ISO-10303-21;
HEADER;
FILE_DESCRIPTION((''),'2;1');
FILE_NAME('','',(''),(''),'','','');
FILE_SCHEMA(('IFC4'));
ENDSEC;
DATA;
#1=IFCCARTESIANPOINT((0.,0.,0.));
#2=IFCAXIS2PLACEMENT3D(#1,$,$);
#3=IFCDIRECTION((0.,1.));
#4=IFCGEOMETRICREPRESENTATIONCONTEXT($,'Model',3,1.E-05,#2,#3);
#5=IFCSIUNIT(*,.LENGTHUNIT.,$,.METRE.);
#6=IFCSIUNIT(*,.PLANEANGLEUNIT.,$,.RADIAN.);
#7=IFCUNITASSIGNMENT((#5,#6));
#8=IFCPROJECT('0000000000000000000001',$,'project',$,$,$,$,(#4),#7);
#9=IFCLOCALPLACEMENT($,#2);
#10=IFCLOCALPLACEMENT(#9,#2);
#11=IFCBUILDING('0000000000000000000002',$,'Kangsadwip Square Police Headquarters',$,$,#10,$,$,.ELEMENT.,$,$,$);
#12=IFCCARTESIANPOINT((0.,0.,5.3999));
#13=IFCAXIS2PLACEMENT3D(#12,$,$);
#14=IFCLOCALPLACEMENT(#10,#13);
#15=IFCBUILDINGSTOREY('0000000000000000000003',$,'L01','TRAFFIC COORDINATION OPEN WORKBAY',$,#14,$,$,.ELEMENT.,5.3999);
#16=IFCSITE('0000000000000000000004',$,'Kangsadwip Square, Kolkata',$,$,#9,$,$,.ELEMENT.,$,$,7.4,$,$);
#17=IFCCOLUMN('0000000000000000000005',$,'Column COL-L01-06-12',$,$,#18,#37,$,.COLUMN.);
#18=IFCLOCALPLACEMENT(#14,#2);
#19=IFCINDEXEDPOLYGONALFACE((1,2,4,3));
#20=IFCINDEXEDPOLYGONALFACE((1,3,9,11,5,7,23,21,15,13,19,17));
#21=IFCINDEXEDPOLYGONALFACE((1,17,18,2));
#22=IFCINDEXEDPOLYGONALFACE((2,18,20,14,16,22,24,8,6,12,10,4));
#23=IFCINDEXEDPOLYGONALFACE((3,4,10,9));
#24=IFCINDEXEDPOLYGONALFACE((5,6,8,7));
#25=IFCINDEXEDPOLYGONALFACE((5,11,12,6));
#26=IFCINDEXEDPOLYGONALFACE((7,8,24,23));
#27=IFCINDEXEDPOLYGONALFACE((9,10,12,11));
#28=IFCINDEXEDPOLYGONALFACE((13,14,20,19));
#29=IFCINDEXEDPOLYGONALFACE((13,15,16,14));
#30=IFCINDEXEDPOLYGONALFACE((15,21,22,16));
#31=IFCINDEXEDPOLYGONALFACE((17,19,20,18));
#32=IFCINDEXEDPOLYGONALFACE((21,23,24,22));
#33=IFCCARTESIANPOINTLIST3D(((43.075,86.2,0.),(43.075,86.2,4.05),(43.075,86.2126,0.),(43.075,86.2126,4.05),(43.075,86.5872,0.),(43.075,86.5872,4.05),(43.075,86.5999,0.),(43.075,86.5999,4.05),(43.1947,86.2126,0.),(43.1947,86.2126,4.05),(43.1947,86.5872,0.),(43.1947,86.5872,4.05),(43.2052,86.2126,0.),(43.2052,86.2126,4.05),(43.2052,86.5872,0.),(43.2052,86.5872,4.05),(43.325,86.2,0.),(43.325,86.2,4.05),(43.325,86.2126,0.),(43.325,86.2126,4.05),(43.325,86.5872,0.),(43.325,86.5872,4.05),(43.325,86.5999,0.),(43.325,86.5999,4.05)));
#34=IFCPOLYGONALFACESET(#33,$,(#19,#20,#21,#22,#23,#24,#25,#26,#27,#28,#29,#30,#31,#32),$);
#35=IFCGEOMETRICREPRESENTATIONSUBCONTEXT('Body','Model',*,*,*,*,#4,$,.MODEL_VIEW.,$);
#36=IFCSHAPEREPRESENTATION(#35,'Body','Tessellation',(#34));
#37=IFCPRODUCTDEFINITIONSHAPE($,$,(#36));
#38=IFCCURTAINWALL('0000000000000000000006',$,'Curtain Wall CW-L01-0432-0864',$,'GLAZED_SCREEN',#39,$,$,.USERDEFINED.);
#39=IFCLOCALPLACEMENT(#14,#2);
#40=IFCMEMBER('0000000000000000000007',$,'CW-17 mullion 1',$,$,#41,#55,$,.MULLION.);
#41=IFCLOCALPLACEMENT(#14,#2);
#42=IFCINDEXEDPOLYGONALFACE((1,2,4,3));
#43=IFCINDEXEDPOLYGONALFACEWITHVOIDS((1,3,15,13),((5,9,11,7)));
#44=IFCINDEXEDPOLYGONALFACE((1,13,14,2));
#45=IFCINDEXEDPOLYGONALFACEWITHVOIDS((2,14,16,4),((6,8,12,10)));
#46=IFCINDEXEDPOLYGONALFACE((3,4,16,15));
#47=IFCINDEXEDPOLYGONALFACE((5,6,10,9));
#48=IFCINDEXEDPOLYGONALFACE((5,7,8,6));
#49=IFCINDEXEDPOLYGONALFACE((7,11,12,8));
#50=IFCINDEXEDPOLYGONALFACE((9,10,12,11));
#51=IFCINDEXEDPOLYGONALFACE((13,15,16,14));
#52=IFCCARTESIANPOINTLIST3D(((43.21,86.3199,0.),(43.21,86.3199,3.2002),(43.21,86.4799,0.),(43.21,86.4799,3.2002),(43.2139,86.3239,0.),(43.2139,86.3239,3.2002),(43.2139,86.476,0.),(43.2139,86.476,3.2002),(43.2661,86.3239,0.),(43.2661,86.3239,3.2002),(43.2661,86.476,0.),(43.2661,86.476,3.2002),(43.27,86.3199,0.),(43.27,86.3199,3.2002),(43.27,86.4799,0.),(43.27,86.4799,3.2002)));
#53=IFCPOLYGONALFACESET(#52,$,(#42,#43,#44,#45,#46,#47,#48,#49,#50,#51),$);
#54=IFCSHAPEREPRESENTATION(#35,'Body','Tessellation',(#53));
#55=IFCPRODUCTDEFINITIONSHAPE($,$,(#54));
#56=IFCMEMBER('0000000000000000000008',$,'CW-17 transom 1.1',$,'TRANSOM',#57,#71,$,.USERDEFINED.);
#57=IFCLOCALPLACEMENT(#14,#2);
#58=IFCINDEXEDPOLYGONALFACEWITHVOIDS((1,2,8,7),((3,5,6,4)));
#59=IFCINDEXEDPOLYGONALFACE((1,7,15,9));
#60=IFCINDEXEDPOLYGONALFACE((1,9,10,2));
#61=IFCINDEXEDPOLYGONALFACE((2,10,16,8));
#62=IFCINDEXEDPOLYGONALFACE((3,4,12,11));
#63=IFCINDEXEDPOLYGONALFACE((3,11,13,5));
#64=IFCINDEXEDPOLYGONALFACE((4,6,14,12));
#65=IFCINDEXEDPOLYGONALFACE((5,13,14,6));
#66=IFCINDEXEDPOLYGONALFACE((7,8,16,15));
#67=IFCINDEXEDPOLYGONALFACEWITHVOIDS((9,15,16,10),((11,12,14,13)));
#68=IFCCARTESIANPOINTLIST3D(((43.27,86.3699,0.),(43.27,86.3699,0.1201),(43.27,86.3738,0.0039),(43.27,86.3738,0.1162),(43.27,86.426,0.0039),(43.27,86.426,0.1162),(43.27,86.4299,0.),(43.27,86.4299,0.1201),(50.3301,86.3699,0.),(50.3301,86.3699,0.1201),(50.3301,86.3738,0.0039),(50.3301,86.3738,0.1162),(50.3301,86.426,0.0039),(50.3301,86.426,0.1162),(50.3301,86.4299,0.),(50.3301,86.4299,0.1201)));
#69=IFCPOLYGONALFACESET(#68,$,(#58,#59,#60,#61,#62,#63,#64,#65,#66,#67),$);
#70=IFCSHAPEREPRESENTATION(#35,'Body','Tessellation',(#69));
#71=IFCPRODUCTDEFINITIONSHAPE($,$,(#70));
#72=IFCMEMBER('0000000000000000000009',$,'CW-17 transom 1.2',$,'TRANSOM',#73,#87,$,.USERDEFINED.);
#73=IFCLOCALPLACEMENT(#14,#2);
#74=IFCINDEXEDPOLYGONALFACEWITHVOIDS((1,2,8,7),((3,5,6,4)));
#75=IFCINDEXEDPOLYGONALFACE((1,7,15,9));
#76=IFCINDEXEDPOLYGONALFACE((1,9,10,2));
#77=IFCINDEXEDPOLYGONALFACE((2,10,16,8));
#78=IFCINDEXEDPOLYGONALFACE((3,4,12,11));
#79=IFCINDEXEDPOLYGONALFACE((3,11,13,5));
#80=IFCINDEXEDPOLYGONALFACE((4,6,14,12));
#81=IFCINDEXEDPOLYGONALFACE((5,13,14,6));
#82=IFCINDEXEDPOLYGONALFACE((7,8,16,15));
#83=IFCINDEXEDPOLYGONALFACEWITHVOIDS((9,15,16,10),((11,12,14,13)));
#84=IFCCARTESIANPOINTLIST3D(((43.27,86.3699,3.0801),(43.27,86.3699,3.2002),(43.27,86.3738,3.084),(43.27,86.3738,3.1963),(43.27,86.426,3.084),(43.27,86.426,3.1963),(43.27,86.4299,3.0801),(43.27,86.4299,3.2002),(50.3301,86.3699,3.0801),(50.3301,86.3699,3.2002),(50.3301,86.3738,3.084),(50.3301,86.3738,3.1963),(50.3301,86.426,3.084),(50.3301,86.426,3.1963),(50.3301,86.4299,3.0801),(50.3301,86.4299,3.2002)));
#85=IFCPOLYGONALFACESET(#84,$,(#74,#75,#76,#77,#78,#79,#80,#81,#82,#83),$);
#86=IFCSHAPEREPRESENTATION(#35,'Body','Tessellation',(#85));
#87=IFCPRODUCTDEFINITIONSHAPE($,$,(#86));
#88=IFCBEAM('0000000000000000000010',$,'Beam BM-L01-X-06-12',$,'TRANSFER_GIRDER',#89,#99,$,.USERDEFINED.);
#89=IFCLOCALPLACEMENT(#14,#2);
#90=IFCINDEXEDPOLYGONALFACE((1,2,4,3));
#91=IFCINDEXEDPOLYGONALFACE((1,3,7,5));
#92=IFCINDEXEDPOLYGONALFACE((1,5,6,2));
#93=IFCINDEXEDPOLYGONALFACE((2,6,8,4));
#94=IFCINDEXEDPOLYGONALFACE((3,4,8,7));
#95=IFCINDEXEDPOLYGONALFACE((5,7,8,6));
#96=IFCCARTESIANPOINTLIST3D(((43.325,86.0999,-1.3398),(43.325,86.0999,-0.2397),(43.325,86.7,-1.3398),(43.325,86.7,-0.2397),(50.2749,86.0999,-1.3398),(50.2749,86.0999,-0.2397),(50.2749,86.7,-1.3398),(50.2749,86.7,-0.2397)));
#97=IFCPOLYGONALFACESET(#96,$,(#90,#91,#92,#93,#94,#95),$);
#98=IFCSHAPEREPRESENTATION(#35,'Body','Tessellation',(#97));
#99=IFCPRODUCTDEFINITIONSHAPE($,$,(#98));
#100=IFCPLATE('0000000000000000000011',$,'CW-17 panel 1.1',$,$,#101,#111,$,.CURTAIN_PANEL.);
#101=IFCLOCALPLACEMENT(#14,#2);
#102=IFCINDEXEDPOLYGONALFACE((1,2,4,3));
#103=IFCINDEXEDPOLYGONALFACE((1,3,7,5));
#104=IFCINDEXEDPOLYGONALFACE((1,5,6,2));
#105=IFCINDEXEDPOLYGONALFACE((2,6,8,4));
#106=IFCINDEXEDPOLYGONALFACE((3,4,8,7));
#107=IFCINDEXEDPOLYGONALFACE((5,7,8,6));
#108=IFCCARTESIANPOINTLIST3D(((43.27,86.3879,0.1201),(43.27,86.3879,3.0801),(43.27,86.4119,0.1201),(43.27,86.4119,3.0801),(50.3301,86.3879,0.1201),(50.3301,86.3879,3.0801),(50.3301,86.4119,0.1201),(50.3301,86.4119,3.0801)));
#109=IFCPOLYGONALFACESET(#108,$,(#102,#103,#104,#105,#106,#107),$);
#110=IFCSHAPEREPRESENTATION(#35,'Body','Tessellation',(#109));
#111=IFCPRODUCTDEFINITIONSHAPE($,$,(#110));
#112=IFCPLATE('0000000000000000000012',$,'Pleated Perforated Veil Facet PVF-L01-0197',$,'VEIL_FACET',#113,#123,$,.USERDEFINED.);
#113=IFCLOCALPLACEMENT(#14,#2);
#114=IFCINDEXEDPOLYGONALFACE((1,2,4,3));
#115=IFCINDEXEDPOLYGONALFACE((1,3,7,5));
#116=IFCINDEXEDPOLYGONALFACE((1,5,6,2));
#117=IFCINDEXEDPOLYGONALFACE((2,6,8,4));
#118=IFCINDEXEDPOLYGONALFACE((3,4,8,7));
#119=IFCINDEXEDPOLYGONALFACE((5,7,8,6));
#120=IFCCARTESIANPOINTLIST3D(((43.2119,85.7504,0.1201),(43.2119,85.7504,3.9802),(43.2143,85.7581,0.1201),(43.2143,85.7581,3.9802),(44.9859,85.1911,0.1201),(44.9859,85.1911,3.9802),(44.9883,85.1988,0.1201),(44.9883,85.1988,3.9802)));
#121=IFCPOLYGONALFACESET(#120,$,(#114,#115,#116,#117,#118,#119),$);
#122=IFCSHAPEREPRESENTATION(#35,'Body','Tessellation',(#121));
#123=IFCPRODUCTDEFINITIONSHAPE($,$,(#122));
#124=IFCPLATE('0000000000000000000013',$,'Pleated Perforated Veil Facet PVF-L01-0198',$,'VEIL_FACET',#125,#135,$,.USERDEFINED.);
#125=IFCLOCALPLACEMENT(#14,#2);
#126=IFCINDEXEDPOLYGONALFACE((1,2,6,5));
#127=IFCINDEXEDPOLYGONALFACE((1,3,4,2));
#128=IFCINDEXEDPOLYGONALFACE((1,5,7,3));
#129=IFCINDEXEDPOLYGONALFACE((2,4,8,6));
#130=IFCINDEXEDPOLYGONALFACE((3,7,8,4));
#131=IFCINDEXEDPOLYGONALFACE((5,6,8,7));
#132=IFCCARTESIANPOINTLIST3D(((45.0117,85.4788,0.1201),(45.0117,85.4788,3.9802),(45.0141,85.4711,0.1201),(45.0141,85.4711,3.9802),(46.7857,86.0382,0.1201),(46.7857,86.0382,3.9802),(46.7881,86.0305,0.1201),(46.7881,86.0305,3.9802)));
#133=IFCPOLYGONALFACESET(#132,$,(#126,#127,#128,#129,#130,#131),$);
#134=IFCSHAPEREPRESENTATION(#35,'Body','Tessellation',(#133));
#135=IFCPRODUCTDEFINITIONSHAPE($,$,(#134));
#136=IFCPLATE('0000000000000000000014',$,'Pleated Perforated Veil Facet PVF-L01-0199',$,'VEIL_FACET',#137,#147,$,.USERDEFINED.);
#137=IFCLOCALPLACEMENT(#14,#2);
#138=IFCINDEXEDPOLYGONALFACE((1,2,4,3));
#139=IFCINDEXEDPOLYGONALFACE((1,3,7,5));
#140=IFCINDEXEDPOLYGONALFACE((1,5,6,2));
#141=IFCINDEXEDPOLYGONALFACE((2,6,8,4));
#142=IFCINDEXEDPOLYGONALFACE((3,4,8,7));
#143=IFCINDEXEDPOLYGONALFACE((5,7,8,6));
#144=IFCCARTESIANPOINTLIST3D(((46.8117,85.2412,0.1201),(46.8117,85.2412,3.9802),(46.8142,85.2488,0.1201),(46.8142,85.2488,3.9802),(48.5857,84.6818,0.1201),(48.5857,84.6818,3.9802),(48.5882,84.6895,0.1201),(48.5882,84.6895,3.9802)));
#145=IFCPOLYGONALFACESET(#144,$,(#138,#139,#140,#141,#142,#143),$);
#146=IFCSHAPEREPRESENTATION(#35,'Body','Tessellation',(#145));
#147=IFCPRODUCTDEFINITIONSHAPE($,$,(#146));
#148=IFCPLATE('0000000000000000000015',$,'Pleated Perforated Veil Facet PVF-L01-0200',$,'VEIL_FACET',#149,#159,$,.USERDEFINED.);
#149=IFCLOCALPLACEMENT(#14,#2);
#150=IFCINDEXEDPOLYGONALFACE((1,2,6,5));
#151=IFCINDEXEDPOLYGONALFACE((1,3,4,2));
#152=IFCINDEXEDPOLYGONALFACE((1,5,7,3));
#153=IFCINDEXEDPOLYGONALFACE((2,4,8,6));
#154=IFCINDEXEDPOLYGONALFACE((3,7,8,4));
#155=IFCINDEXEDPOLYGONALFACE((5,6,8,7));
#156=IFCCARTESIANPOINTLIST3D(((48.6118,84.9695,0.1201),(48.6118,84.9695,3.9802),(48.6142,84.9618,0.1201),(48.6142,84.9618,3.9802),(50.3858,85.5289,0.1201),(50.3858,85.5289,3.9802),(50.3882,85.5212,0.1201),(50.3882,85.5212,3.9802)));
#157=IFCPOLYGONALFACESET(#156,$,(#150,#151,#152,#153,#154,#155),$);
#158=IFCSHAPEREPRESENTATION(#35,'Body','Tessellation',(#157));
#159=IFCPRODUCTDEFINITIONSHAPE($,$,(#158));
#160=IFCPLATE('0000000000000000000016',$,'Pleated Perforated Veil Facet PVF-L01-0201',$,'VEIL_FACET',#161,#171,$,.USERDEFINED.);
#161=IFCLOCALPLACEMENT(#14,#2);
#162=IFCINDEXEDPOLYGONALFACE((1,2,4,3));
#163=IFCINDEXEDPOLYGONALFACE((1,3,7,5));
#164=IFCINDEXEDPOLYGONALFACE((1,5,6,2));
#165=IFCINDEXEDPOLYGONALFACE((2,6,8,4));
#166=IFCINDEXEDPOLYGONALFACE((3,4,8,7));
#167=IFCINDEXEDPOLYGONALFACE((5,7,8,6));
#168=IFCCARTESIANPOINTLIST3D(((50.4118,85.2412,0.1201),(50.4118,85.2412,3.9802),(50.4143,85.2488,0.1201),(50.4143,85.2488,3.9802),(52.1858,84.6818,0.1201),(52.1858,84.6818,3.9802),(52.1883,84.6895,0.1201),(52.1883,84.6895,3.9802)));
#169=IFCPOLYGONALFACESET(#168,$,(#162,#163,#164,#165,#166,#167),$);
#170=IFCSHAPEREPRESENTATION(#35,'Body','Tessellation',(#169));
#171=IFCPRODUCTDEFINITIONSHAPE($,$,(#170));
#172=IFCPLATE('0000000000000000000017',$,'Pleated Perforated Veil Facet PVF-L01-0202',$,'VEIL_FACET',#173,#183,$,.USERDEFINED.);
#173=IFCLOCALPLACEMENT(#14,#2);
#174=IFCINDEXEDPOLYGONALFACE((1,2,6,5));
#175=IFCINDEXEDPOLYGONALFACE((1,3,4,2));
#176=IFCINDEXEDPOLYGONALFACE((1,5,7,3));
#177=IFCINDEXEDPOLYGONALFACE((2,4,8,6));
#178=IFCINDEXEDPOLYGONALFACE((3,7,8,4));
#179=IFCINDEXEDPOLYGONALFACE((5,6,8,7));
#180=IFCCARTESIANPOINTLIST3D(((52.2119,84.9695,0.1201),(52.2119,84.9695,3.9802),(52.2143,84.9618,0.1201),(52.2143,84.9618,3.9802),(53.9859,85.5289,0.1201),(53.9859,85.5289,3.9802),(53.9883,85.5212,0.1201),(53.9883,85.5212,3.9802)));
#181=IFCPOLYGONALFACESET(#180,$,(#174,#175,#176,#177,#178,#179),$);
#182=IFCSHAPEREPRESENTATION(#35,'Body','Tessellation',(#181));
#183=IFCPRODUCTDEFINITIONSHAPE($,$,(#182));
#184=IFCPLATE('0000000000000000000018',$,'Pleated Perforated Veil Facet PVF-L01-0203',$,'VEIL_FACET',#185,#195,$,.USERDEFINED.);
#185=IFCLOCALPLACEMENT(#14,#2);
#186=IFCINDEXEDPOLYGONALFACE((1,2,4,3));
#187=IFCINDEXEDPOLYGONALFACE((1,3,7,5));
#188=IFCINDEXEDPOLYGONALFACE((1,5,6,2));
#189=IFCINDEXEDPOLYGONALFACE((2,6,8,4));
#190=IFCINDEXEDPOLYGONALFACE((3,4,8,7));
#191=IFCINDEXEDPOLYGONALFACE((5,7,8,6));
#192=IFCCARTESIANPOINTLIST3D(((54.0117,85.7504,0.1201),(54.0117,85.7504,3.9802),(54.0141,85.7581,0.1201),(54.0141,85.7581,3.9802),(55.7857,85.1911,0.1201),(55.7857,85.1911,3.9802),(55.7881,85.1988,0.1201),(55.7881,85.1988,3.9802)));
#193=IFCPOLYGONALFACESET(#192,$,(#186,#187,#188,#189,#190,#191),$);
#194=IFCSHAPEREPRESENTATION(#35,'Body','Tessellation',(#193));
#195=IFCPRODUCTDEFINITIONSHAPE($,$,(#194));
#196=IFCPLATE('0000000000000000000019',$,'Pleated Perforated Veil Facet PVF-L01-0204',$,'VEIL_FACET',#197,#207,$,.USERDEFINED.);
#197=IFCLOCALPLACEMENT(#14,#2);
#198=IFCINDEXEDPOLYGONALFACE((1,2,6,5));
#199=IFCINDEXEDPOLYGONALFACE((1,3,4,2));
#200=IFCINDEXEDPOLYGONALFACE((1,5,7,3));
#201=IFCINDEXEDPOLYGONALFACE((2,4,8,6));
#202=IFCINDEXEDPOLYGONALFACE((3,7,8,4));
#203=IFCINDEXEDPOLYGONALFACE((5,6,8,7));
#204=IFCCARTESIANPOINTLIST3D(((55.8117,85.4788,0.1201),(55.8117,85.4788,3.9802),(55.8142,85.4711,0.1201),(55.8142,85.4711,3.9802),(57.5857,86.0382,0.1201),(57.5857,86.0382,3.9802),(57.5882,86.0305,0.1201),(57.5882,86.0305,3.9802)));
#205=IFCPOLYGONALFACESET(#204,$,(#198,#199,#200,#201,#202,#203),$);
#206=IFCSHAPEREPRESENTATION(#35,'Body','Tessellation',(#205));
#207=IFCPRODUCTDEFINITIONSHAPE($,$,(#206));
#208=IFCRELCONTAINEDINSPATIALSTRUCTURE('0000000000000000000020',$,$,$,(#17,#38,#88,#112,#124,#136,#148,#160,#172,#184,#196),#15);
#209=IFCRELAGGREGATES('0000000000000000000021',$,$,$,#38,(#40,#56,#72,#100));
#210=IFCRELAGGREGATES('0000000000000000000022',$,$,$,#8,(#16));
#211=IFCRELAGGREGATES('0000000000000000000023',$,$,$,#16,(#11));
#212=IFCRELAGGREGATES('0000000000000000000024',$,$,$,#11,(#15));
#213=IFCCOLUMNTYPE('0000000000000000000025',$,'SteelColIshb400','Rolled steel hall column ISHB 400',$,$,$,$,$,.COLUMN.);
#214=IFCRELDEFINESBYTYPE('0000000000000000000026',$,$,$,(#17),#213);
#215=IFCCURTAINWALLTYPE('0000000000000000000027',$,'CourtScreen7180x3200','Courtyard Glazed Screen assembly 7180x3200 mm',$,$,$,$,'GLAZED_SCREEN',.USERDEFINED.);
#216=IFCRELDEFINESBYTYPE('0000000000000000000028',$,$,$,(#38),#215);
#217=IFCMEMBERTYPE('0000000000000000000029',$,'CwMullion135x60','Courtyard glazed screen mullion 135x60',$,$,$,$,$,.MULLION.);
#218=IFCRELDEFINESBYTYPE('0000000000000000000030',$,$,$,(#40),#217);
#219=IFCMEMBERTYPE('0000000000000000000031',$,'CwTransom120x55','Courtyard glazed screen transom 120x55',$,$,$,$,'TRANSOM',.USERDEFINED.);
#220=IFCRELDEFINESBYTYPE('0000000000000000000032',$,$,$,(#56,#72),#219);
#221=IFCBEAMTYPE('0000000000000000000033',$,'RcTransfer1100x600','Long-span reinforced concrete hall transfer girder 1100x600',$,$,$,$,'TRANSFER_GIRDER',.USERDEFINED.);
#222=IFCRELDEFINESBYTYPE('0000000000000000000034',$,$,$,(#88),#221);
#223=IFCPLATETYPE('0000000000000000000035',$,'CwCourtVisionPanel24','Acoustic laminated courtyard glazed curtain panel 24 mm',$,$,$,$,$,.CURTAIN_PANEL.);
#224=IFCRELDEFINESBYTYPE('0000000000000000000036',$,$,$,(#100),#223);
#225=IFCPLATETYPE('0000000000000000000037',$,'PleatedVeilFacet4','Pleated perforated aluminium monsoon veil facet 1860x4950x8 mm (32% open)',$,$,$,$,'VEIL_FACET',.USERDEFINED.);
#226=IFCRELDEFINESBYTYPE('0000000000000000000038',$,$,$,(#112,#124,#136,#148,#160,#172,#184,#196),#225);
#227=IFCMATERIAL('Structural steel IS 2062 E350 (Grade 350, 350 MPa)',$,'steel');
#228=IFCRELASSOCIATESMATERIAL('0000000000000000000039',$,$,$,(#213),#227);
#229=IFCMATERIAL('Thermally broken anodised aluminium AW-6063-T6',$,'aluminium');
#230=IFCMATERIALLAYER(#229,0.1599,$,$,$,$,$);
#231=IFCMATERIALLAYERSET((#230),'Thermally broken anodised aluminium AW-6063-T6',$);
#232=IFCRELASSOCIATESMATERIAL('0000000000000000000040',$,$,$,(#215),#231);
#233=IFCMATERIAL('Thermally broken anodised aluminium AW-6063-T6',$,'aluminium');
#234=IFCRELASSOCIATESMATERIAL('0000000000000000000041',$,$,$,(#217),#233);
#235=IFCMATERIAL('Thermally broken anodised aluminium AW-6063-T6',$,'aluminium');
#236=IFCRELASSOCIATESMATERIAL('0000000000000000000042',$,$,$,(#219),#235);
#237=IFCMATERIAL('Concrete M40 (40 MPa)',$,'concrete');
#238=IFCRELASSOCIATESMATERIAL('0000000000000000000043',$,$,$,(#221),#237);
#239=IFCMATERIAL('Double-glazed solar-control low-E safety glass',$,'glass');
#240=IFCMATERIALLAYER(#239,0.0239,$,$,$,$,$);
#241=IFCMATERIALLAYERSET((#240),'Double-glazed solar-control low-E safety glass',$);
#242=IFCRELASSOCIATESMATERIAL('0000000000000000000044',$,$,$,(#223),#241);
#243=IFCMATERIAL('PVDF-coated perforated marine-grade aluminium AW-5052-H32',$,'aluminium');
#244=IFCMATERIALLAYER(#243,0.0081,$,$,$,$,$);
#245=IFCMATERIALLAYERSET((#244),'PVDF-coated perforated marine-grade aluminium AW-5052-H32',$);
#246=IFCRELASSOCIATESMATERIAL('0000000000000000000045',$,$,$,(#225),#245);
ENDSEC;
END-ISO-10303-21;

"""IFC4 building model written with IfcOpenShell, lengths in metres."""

from ifc_helpers import new_model, si_unit, direction, frame, origin, origin_2d, place, context, subcontext, project, spatial, rectangle, hollow_rectangle, i_section, extrude, material, layer, layer_set, material_profile, profile_set, type_object, element, aggregate, save


model = new_model("IFC4")

# Units and contexts
model_context = context("Model", 3, precision=1e-05, world=origin(), true_north=direction((0.0, 1.0)))
body_context = subcontext(model_context, "Body", "Model", "MODEL_VIEW")
ifc_project = project(units=[si_unit("LENGTHUNIT", "METRE"), si_unit("PLANEANGLEUNIT", "RADIAN")], contexts=[model_context])

# Site, building, storey
site_placement = place(None, origin())
site = spatial("IfcSite", under=ifc_project, at=site_placement, Name="Kangsadwip Square, Kolkata", CompositionType="ELEMENT", RefElevation=7.4)
building_placement = place(site_placement, origin())
building = spatial("IfcBuilding", under=site, at=building_placement, Name="Kangsadwip Square Police Headquarters", CompositionType="ELEMENT")
storey_placement = place(building_placement, frame((0.0, 0.0, 5.3999)))
storey = spatial("IfcBuildingStorey", under=building, at=storey_placement, Name="L01", Description="TRAFFIC COORDINATION OPEN WORKBAY", CompositionType="ELEMENT", Elevation=5.3999)

# Column
ifc_material_1 = material(Name="Structural steel IS 2062 E350 (Grade 350, 350 MPa)", Category="steel")
ifc_material_profile_1 = material_profile(ifc_material_1, i_section(OverallWidth=0.25, OverallDepth=0.3999, WebThickness=0.0105, FlangeThickness=0.0127, at=origin_2d()), Name="ISHB 400")
ifc_profile_set_1 = profile_set([ifc_material_profile_1], Name="Structural steel IS 2062 E350 (Grade 350, 350 MPa)")
column_type = type_object("IfcColumnType", Name="SteelColIshb400", Description="Rolled steel hall column ISHB 400", PredefinedType="COLUMN", material=ifc_profile_set_1)
column_placement = place(storey_placement, frame((43.2, 86.3999, 0.0), z_axis=(0.0, 0.0, 1.0), x_axis=(1.0, 0.0, 0.0)))
element("IfcColumn", 1, at=column_placement, inside=storey, type_object=column_type, Name="Column COL-L01-06-12", PredefinedType="COLUMN", context=body_context, shape_type="SweptSolid", body=[
    extrude(i_section(OverallWidth=0.25, OverallDepth=0.3999, WebThickness=0.0105, FlangeThickness=0.0127, at=origin_2d()), origin(), (0.0, 0.0, 1.0), 4.05),
])

# Curtain wall, members
ifc_material_2 = material(Name="Thermally broken anodised aluminium AW-6063-T6", Category="aluminium")
ifc_layer_1 = layer(ifc_material_2, 0.1599)
ifc_layer_set_1 = layer_set([ifc_layer_1], Name="Thermally broken anodised aluminium AW-6063-T6")
curtain_wall_type = type_object("IfcCurtainWallType", Name="CourtScreen7180x3200", Description="Courtyard Glazed Screen assembly 7180x3200 mm", ElementType="GLAZED_SCREEN", PredefinedType="USERDEFINED", material=ifc_layer_set_1)
curtain_wall_placement = place(storey_placement, origin())
curtain_wall = element("IfcCurtainWall", 2, at=curtain_wall_placement, inside=storey, type_object=curtain_wall_type, Name="Curtain Wall CW-L01-0432-0864", ObjectType="GLAZED_SCREEN", PredefinedType="USERDEFINED")
ifc_material_3 = material(Name="Thermally broken anodised aluminium AW-6063-T6", Category="aluminium")
ifc_material_profile_2 = material_profile(ifc_material_3, hollow_rectangle(XDim=0.0601, YDim=0.1599, WallThickness=0.0039, at=origin_2d()), Name="CWM 160X60X4")
ifc_profile_set_2 = profile_set([ifc_material_profile_2], Name="Thermally broken anodised aluminium AW-6063-T6")
member_type_1 = type_object("IfcMemberType", Name="CwMullion135x60", Description="Courtyard glazed screen mullion 135x60", PredefinedType="MULLION", material=ifc_profile_set_2)
member_1_placement = place(storey_placement, frame((43.24, 86.3999, 0.0), z_axis=(0.0, 0.0, 1.0), x_axis=(1.0, 0.0, 0.0)))
member_1 = element("IfcMember", 3, at=member_1_placement, type_object=member_type_1, Name="CW-17 mullion 1", PredefinedType="MULLION", context=body_context, shape_type="SweptSolid", body=[
    extrude(hollow_rectangle(XDim=0.0601, YDim=0.1599, WallThickness=0.0039, at=origin_2d()), origin(), (0.0, 0.0, 1.0), 3.2002),
])
ifc_material_4 = material(Name="Thermally broken anodised aluminium AW-6063-T6", Category="aluminium")
ifc_material_profile_3 = material_profile(ifc_material_4, hollow_rectangle(XDim=0.0601, YDim=0.1201, WallThickness=0.0039, at=origin_2d()), Name="CWT 120X60X4")
ifc_profile_set_3 = profile_set([ifc_material_profile_3], Name="Thermally broken anodised aluminium AW-6063-T6")
member_type_2 = type_object("IfcMemberType", Name="CwTransom120x55", Description="Courtyard glazed screen transom 120x55", ElementType="TRANSOM", PredefinedType="USERDEFINED", material=ifc_profile_set_3)
member_2_placement = place(storey_placement, frame((43.27, 86.3999, 0.0601), z_axis=(1.0, 0.0, 0.0), x_axis=(0.0, 1.0, 0.0)))
member_2 = element("IfcMember", 4, at=member_2_placement, type_object=member_type_2, Name="CW-17 transom 1.1", ObjectType="TRANSOM", PredefinedType="USERDEFINED", context=body_context, shape_type="SweptSolid", body=[
    extrude(hollow_rectangle(XDim=0.0601, YDim=0.1201, WallThickness=0.0039, at=origin_2d()), origin(), (0.0, 0.0, 1.0), 7.0601),
])
member_3_placement = place(storey_placement, frame((43.27, 86.3999, 3.1401), z_axis=(1.0, 0.0, 0.0), x_axis=(0.0, 1.0, 0.0)))
member_3 = element("IfcMember", 5, at=member_3_placement, type_object=member_type_2, Name="CW-17 transom 1.2", ObjectType="TRANSOM", PredefinedType="USERDEFINED", context=body_context, shape_type="SweptSolid", body=[
    extrude(hollow_rectangle(XDim=0.0601, YDim=0.1201, WallThickness=0.0039, at=origin_2d()), origin(), (0.0, 0.0, 1.0), 7.0601),
])

# Beam
ifc_material_5 = material(Name="Concrete M40 (40 MPa)", Category="concrete")
ifc_material_profile_4 = material_profile(ifc_material_5, rectangle(XDim=0.6001, YDim=1.1001, at=origin_2d()), Name="RC TG 1100X600")
ifc_profile_set_4 = profile_set([ifc_material_profile_4], Name="Concrete M40 (40 MPa)")
beam_type = type_object("IfcBeamType", Name="RcTransfer1100x600", Description="Long-span reinforced concrete hall transfer girder 1100x600", ElementType="TRANSFER_GIRDER", PredefinedType="USERDEFINED", material=ifc_profile_set_4)
beam_placement = place(storey_placement, frame((43.325, 86.3999, -0.7898), z_axis=(1.0, 0.0, 0.0), x_axis=(0.0, 1.0, 0.0)))
element("IfcBeam", 6, at=beam_placement, inside=storey, type_object=beam_type, Name="Beam BM-L01-X-06-12", ObjectType="TRANSFER_GIRDER", PredefinedType="USERDEFINED", context=body_context, shape_type="SweptSolid", body=[
    extrude(rectangle(XDim=0.6001, YDim=1.1001, at=origin_2d()), origin(), (0.0, 0.0, 1.0), 6.95),
])

# Plate
ifc_material_6 = material(Name="Double-glazed solar-control low-E safety glass", Category="glass")
ifc_layer_2 = layer(ifc_material_6, 0.0239)
ifc_layer_set_2 = layer_set([ifc_layer_2], Name="Double-glazed solar-control low-E safety glass")
plate_type_1 = type_object("IfcPlateType", Name="CwCourtVisionPanel24", Description="Acoustic laminated courtyard glazed curtain panel 24 mm", PredefinedType="CURTAIN_PANEL", material=ifc_layer_set_2)
plate_placement = place(storey_placement, frame((46.8, 86.3999, 0.1201), z_axis=(0.0, 0.0, 1.0), x_axis=(1.0, 0.0, 0.0)))
plate = element("IfcPlate", 7, at=plate_placement, type_object=plate_type_1, Name="CW-17 panel 1.1", PredefinedType="CURTAIN_PANEL", context=body_context, shape_type="SweptSolid", body=[
    extrude(rectangle(XDim=7.0601, YDim=0.0239, at=origin_2d()), origin(), (0.0, 0.0, 1.0), 2.96),
])
aggregate(curtain_wall, [member_1, member_2, member_3, plate])

# Plates
ifc_material_7 = material(Name="PVDF-coated perforated marine-grade aluminium AW-5052-H32", Category="aluminium")
ifc_layer_3 = layer(ifc_material_7, 0.0081)
ifc_layer_set_3 = layer_set([ifc_layer_3], Name="PVDF-coated perforated marine-grade aluminium AW-5052-H32")
plate_type_2 = type_object("IfcPlateType", Name="PleatedVeilFacet4", Description="Pleated perforated aluminium monsoon veil facet 1860x4950x8 mm (32% open)", ElementType="VEIL_FACET", PredefinedType="USERDEFINED", material=ifc_layer_set_3)
for number, where, z_axis, x_axis, name in (
    (8, (44.1001, 85.4746, 0.1201), (0.0, 0.0, 1.0), (0.953717, -0.300706, 0.0), "Pleated Perforated Veil Facet PVF-L01-0197"),
    (9, (45.8999, 85.7546, 0.1201), (0.0, 0.0, 1.0), (0.953717, 0.300706, 0.0), "Pleated Perforated Veil Facet PVF-L01-0198"),
    (10, (47.7, 84.9653, 0.1201), (0.0, 0.0, 1.0), (0.953717, -0.300706, 0.0), "Pleated Perforated Veil Facet PVF-L01-0199"),
    (11, (49.5, 85.2454, 0.1201), (0.0, 0.0, 1.0), (0.953717, 0.300706, 0.0), "Pleated Perforated Veil Facet PVF-L01-0200"),
    (12, (51.3, 84.9653, 0.1201), (0.0, 0.0, 1.0), (0.953717, -0.300706, 0.0), "Pleated Perforated Veil Facet PVF-L01-0201"),
    (13, (53.1001, 85.2454, 0.1201), (0.0, 0.0, 1.0), (0.953717, 0.300706, 0.0), "Pleated Perforated Veil Facet PVF-L01-0202"),
    (14, (54.8999, 85.4746, 0.1201), (0.0, 0.0, 1.0), (0.953717, -0.300706, 0.0), "Pleated Perforated Veil Facet PVF-L01-0203"),
    (15, (56.7, 85.7546, 0.1201), (0.0, 0.0, 1.0), (0.953717, 0.300706, 0.0), "Pleated Perforated Veil Facet PVF-L01-0204"),
):
    element("IfcPlate", number, at=place(storey_placement, frame(where, z_axis=z_axis, x_axis=x_axis)), inside=storey, type_object=plate_type_2, Name=name, ObjectType="VEIL_FACET", PredefinedType="USERDEFINED", context=body_context, shape_type="SweptSolid", body=[
        extrude(rectangle(XDim=1.8601, YDim=0.0081, at=origin_2d()), origin(), (0.0, 0.0, 1.0), 3.8601),
    ])

save(model, "model.ifc")
